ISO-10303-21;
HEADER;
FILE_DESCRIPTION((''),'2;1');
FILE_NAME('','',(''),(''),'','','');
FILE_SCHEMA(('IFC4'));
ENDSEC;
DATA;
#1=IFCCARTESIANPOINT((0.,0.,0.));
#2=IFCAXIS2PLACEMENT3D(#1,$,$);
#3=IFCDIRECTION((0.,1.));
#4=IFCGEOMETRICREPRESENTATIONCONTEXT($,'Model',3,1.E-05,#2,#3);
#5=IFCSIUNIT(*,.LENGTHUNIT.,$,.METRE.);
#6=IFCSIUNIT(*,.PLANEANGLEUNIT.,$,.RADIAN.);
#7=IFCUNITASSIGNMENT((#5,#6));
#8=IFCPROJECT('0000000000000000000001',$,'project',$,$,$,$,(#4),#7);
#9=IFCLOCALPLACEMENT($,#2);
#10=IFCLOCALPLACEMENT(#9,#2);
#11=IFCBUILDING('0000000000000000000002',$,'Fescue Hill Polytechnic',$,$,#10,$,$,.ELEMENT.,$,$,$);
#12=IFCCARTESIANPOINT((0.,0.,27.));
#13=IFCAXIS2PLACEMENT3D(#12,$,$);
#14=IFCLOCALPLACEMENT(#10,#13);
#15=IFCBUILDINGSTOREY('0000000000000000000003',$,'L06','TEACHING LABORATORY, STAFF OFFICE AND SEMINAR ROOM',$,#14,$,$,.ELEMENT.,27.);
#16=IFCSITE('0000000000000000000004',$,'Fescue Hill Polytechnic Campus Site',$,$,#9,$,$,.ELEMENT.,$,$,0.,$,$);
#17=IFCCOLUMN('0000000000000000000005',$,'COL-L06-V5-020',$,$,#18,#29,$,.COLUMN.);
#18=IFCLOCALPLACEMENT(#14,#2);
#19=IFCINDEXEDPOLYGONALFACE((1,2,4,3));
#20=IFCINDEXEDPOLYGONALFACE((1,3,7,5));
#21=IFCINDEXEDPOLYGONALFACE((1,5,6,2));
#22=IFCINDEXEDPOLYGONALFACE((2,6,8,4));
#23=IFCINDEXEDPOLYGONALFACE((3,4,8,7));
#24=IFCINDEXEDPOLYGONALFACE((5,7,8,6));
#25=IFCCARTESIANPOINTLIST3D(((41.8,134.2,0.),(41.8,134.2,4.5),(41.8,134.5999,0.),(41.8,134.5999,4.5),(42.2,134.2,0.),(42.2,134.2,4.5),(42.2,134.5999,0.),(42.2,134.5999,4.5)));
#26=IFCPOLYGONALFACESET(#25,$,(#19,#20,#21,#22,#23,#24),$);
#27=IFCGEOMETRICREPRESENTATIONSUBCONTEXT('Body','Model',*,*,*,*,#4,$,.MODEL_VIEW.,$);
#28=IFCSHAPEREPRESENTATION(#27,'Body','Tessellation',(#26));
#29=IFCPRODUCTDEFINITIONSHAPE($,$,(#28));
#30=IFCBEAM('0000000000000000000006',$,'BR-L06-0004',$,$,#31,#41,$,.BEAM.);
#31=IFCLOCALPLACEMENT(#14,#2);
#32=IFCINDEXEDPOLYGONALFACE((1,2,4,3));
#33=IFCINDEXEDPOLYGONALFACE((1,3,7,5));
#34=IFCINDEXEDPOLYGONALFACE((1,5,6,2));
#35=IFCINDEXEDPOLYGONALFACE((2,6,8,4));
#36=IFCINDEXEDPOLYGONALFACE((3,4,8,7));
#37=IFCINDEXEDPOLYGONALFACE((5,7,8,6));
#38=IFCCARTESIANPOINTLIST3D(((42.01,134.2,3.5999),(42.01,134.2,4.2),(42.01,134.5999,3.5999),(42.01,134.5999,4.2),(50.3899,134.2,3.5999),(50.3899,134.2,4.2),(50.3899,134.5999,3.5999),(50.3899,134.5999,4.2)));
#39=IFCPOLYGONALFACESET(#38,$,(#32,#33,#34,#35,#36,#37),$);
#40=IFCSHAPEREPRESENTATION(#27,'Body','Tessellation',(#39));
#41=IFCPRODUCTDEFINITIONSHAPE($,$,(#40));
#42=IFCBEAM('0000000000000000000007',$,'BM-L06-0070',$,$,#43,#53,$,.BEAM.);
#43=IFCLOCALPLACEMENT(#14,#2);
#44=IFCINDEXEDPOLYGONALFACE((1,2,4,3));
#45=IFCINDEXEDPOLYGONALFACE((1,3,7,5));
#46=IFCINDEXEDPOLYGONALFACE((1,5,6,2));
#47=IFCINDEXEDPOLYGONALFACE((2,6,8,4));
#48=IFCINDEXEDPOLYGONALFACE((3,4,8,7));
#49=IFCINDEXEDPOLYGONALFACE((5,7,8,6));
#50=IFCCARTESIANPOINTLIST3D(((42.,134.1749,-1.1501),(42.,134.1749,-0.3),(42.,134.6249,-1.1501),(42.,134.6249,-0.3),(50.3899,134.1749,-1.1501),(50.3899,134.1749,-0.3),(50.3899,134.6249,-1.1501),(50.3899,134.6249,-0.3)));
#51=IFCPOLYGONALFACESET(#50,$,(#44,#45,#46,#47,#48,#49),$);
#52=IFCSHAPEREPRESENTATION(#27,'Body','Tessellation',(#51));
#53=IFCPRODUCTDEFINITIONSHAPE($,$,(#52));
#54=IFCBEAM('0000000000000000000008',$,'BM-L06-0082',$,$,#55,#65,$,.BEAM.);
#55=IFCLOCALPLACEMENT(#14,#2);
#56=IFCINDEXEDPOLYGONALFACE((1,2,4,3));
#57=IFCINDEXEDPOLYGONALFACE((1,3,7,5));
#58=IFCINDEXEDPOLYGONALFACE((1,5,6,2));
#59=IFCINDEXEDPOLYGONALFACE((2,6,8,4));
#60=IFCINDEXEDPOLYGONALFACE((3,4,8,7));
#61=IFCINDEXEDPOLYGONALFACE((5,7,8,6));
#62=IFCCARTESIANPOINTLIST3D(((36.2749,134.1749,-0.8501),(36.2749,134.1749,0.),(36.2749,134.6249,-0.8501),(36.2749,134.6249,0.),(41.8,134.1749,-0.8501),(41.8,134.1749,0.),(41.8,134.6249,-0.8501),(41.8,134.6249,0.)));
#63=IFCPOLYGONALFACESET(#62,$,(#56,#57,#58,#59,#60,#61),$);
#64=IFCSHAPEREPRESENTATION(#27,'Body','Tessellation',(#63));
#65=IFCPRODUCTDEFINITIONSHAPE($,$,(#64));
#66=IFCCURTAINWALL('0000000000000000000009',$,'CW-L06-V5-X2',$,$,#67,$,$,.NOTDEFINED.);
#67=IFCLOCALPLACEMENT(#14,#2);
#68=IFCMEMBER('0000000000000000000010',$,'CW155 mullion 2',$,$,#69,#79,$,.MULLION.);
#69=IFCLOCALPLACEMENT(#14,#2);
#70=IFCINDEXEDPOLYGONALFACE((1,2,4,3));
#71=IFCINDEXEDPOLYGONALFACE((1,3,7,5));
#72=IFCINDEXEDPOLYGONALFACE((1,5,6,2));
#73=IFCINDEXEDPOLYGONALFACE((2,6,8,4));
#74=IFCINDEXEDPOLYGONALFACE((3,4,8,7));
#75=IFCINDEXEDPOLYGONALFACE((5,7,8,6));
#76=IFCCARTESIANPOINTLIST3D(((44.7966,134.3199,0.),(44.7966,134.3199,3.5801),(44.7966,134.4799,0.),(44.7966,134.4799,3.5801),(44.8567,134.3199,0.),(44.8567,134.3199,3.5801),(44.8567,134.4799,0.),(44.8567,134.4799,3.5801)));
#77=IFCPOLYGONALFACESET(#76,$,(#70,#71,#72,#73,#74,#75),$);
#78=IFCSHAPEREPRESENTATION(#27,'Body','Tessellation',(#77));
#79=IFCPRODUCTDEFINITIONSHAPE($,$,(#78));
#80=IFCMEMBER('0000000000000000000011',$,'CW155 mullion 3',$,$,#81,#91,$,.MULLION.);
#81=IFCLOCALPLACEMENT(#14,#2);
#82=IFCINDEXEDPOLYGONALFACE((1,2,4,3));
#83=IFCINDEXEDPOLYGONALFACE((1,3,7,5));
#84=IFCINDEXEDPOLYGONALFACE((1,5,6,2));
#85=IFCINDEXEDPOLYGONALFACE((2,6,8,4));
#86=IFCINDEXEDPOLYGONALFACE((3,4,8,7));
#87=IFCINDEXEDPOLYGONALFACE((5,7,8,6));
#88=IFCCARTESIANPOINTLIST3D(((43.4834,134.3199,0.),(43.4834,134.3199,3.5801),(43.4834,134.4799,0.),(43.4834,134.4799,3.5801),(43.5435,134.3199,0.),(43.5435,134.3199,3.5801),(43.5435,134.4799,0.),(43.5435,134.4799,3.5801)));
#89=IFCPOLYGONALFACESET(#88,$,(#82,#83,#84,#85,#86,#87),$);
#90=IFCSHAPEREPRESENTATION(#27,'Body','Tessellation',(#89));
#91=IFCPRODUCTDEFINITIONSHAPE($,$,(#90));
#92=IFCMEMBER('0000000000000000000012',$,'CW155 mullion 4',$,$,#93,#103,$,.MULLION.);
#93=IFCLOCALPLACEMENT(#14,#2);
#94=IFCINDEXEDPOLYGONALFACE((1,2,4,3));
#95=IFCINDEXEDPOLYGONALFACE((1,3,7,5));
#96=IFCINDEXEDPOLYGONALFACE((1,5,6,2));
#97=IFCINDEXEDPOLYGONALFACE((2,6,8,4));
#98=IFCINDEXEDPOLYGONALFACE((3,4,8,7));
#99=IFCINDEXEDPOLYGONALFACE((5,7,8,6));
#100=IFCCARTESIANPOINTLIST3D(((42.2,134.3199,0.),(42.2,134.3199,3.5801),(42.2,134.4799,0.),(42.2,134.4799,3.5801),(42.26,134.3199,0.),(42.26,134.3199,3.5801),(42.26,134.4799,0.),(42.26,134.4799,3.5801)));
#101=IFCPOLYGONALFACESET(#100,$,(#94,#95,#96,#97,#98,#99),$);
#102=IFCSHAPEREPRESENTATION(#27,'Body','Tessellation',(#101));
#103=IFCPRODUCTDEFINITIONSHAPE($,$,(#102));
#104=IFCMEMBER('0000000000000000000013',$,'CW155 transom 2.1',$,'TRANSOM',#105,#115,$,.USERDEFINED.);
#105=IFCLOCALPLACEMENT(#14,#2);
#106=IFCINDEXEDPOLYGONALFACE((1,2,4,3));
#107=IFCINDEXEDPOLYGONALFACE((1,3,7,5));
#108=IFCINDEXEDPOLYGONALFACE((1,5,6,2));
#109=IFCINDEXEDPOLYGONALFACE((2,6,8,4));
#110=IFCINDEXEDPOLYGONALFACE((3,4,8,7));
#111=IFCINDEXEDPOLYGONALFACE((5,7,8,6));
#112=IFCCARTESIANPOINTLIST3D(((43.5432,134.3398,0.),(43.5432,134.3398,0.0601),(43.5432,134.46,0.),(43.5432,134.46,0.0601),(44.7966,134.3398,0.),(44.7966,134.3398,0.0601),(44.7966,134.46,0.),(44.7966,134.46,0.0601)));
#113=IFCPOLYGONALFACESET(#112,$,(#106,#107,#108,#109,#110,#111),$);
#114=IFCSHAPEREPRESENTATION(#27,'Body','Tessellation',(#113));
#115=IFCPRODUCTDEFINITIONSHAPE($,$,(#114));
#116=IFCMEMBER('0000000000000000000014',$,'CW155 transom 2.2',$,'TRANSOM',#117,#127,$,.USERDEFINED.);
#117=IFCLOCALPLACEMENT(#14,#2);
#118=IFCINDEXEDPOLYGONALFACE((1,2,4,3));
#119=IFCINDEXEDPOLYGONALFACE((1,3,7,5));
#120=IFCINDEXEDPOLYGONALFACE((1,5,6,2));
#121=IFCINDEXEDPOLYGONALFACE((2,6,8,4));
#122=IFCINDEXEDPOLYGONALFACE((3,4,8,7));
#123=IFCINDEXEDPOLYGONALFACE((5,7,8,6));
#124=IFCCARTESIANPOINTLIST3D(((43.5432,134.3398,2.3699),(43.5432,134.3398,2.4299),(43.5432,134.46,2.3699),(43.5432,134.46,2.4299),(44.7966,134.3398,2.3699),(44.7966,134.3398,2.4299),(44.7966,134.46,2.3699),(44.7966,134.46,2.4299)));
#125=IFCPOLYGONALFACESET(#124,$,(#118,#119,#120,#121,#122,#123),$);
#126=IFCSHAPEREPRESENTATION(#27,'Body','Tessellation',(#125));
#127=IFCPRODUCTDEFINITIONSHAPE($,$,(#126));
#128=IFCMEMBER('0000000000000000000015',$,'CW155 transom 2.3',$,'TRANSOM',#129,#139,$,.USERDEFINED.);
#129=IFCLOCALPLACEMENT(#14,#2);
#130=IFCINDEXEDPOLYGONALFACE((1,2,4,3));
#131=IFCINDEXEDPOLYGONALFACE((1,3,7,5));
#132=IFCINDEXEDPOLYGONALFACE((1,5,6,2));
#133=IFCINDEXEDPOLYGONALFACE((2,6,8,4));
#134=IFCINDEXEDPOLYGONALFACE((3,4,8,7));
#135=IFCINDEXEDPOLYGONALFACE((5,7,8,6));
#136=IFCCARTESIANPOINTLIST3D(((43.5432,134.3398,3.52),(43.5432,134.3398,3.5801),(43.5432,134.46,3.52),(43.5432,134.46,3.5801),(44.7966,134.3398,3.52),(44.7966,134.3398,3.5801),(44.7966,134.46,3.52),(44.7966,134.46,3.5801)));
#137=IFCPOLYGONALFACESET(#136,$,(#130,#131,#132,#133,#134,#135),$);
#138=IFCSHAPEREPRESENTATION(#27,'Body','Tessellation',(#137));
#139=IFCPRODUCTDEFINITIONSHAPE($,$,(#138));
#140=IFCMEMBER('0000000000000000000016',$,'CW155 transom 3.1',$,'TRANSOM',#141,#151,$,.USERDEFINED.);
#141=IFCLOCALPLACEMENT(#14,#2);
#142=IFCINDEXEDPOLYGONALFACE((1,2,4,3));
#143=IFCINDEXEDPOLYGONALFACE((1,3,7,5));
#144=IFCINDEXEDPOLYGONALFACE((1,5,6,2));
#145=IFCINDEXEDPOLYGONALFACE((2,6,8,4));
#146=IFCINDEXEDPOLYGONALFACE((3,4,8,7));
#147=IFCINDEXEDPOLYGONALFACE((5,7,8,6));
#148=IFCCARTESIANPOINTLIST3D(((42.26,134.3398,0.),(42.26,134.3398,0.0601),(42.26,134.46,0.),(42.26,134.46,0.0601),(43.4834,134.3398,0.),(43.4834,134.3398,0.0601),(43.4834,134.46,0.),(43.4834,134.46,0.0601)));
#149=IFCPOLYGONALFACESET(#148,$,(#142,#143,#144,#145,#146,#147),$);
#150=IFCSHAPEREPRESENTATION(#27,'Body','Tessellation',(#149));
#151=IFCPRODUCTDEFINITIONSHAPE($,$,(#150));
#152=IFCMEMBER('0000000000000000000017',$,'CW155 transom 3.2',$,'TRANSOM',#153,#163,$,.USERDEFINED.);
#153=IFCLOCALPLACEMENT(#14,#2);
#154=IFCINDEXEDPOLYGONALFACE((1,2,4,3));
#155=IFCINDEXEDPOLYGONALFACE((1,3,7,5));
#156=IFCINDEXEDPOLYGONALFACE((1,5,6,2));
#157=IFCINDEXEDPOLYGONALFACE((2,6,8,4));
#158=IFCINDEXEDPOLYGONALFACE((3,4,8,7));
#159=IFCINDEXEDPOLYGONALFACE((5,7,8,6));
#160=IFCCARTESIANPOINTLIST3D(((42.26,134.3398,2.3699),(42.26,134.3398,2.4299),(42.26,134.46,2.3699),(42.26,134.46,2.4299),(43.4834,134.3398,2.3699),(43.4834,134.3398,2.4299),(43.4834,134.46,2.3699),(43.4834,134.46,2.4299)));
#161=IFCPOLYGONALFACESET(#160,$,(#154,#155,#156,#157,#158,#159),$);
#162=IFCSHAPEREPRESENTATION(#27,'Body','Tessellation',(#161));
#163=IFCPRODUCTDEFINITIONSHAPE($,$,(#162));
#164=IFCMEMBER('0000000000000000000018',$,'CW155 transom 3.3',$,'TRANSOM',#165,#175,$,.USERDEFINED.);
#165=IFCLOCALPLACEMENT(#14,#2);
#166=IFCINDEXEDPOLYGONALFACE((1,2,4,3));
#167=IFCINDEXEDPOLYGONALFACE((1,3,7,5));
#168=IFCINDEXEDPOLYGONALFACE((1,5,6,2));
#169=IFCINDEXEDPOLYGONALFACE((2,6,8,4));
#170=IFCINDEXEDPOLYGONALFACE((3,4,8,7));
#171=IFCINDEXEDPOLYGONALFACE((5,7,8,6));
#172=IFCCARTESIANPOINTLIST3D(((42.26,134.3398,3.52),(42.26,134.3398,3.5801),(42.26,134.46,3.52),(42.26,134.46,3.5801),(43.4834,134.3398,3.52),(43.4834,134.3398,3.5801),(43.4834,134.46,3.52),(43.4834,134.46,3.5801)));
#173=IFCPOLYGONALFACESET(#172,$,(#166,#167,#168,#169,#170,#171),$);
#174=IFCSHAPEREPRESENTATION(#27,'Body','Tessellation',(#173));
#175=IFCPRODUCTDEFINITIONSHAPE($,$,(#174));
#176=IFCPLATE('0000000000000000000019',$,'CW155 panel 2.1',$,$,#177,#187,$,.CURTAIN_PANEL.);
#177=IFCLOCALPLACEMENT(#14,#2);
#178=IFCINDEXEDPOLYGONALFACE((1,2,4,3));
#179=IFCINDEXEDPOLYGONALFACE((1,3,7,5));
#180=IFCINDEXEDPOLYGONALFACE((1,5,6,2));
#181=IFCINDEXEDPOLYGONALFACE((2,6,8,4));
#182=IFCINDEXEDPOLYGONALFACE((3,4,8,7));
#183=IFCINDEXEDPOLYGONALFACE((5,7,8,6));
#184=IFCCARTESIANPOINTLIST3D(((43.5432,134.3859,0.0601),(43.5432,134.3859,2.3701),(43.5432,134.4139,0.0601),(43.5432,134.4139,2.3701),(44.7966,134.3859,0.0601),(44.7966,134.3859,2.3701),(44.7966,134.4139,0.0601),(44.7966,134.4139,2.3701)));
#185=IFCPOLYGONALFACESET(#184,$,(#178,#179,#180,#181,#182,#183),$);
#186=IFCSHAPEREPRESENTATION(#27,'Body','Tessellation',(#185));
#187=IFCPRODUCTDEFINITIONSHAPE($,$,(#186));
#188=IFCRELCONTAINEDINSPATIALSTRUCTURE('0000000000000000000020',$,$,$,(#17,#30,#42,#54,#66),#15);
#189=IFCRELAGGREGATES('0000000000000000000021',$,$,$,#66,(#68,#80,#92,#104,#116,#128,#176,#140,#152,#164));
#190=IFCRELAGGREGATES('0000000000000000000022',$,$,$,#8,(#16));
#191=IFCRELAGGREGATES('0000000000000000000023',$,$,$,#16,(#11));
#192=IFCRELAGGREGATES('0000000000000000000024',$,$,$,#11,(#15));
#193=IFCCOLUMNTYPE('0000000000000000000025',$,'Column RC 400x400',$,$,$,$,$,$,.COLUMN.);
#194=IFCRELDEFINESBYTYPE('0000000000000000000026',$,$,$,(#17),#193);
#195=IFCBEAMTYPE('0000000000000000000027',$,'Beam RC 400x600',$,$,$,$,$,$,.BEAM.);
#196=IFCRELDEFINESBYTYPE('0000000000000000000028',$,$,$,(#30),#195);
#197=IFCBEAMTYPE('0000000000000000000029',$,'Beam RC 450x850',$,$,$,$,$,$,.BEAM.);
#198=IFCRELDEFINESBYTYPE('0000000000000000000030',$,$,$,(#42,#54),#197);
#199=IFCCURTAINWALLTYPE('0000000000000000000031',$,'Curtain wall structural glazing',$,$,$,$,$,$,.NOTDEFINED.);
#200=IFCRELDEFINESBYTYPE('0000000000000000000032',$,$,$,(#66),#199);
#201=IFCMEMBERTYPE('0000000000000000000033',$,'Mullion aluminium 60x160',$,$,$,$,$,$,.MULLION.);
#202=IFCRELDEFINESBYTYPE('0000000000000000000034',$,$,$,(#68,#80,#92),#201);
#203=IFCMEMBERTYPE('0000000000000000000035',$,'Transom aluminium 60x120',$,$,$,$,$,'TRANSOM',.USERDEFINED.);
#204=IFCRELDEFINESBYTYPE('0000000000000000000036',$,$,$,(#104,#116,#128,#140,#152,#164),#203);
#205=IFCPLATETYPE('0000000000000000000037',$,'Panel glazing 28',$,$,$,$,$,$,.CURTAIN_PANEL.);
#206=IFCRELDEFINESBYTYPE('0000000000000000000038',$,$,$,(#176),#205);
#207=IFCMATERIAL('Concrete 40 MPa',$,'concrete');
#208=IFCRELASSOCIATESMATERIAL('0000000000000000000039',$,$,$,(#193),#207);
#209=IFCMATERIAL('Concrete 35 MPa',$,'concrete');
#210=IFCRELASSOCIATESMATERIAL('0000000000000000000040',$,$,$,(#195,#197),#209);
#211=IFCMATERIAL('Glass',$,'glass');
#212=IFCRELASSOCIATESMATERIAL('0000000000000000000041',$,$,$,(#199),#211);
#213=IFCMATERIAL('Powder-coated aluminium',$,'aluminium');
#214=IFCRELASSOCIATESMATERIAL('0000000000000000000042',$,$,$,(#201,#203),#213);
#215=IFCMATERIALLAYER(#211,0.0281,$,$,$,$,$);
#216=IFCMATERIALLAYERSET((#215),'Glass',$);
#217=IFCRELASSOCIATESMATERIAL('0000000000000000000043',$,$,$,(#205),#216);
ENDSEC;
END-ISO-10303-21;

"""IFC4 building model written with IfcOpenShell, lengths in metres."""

from ifc_helpers import new_model, si_unit, direction, frame, origin, origin_2d, place, context, subcontext, project, spatial, rectangle, extrude, material, layer, layer_set, material_profile, profile_set, type_object, element, aggregate, save


model = new_model("IFC4")

# Units and contexts
model_context = context("Model", 3, precision=1e-05, world=origin(), true_north=direction((0.0, 1.0)))
body_context = subcontext(model_context, "Body", "Model", "MODEL_VIEW")
ifc_project = project(units=[si_unit("LENGTHUNIT", "METRE"), si_unit("PLANEANGLEUNIT", "RADIAN")], contexts=[model_context])

# Site, building, storey
site_placement = place(None, origin())
site = spatial("IfcSite", under=ifc_project, at=site_placement, Name="Fescue Hill Polytechnic Campus Site", CompositionType="ELEMENT", RefElevation=0.0)
building_placement = place(site_placement, origin())
building = spatial("IfcBuilding", under=site, at=building_placement, Name="Fescue Hill Polytechnic", CompositionType="ELEMENT")
storey_placement = place(building_placement, frame((0.0, 0.0, 27.0)))
storey = spatial("IfcBuildingStorey", under=building, at=storey_placement, Name="L06", Description="TEACHING LABORATORY, STAFF OFFICE AND SEMINAR ROOM", CompositionType="ELEMENT", Elevation=27.0)

# Column
ifc_material_1 = material(Name="Concrete 40 MPa", Category="concrete")
ifc_material_profile_1 = material_profile(ifc_material_1, rectangle(XDim=0.3999, YDim=0.3999, at=origin_2d()), Name="RC 400x400")
ifc_profile_set_1 = profile_set([ifc_material_profile_1], Name="Concrete 40 MPa")
column_type = type_object("IfcColumnType", Name="Column RC 400x400", PredefinedType="COLUMN", material=ifc_profile_set_1)
column_placement = place(storey_placement, frame((42.0, 134.3999, 0.0), z_axis=(0.0, 0.0, 1.0), x_axis=(1.0, 0.0, 0.0)))
element("IfcColumn", 1, at=column_placement, inside=storey, type_object=column_type, Name="COL-L06-V5-020", PredefinedType="COLUMN", context=body_context, shape_type="SweptSolid", body=[
    extrude(rectangle(XDim=0.3999, YDim=0.3999, at=origin_2d()), origin(), (0.0, 0.0, 1.0), 4.5),
])

# Beams
ifc_material_2 = material(Name="Concrete 35 MPa", Category="concrete")
ifc_material_profile_2 = material_profile(ifc_material_2, rectangle(XDim=0.3999, YDim=0.6001, at=origin_2d()), Name="RC 400x600")
ifc_profile_set_2 = profile_set([ifc_material_profile_2], Name="Concrete 35 MPa")
beam_type_1 = type_object("IfcBeamType", Name="Beam RC 400x600", PredefinedType="BEAM", material=ifc_profile_set_2)
beam_1_placement = place(storey_placement, frame((42.01, 134.3999, 3.8999), z_axis=(1.0, 0.0, 0.0), x_axis=(0.0, 1.0, 0.0)))
element("IfcBeam", 2, at=beam_1_placement, inside=storey, type_object=beam_type_1, Name="BR-L06-0004", PredefinedType="BEAM", context=body_context, shape_type="SweptSolid", body=[
    extrude(rectangle(XDim=0.3999, YDim=0.6001, at=origin_2d()), origin(), (0.0, 0.0, 1.0), 8.3799),
])
ifc_material_profile_3 = material_profile(ifc_material_2, rectangle(XDim=0.45, YDim=0.8501, at=origin_2d()), Name="RC 450x850")
ifc_profile_set_3 = profile_set([ifc_material_profile_3], Name="Concrete 35 MPa")
beam_type_2 = type_object("IfcBeamType", Name="Beam RC 450x850", PredefinedType="BEAM", material=ifc_profile_set_3)
beam_2_placement = place(storey_placement, frame((42.0, 134.3999, -0.7251), z_axis=(1.0, 0.0, 0.0), x_axis=(0.0, 1.0, 0.0)))
element("IfcBeam", 3, at=beam_2_placement, inside=storey, type_object=beam_type_2, Name="BM-L06-0070", PredefinedType="BEAM", context=body_context, shape_type="SweptSolid", body=[
    extrude(rectangle(XDim=0.45, YDim=0.8501, at=origin_2d()), origin(), (0.0, 0.0, 1.0), 8.3899),
])
beam_3_placement = place(storey_placement, frame((36.2749, 134.3999, -0.425), z_axis=(1.0, 0.0, 0.0), x_axis=(0.0, 1.0, 0.0)))
element("IfcBeam", 4, at=beam_3_placement, inside=storey, type_object=beam_type_2, Name="BM-L06-0082", PredefinedType="BEAM", context=body_context, shape_type="SweptSolid", body=[
    extrude(rectangle(XDim=0.45, YDim=0.8501, at=origin_2d()), origin(), (0.0, 0.0, 1.0), 5.5251),
])

# Curtain wall, members, plate
ifc_material_3 = material(Name="Glass", Category="glass")
curtain_wall_type = type_object("IfcCurtainWallType", Name="Curtain wall structural glazing", PredefinedType="NOTDEFINED", material=ifc_material_3)
curtain_wall_placement = place(storey_placement, origin())
curtain_wall = element("IfcCurtainWall", 5, at=curtain_wall_placement, inside=storey, type_object=curtain_wall_type, Name="CW-L06-V5-X2", PredefinedType="NOTDEFINED")
ifc_material_4 = material(Name="Powder-coated aluminium", Category="aluminium")
ifc_material_profile_4 = material_profile(ifc_material_4, rectangle(XDim=0.1599, YDim=0.0601, at=origin_2d()), Name="Mullion aluminium 60x160")
ifc_profile_set_4 = profile_set([ifc_material_profile_4], Name="Powder-coated aluminium")
member_type_1 = type_object("IfcMemberType", Name="Mullion aluminium 60x160", PredefinedType="MULLION", material=ifc_profile_set_4)
member_1_placement = place(storey_placement, frame((44.8267, 134.3999, 0.0), z_axis=(0.0, 0.0, 1.0), x_axis=(0.0, -1.0, 0.0)))
member_1 = element("IfcMember", 6, at=member_1_placement, type_object=member_type_1, Name="CW155 mullion 2", PredefinedType="MULLION", context=body_context, shape_type="SweptSolid", body=[
    extrude(rectangle(XDim=0.1599, YDim=0.0601, at=origin_2d()), origin(), (0.0, 0.0, 1.0), 3.5801),
])
member_2_placement = place(storey_placement, frame((43.5134, 134.3999, 0.0), z_axis=(0.0, 0.0, 1.0), x_axis=(0.0, -1.0, 0.0)))
member_2 = element("IfcMember", 7, at=member_2_placement, type_object=member_type_1, Name="CW155 mullion 3", PredefinedType="MULLION", context=body_context, shape_type="SweptSolid", body=[
    extrude(rectangle(XDim=0.1599, YDim=0.0601, at=origin_2d()), origin(), (0.0, 0.0, 1.0), 3.5801),
])
member_3_placement = place(storey_placement, frame((42.23, 134.3999, 0.0), z_axis=(0.0, 0.0, 1.0), x_axis=(0.0, -1.0, 0.0)))
member_3 = element("IfcMember", 8, at=member_3_placement, type_object=member_type_1, Name="CW155 mullion 4", PredefinedType="MULLION", context=body_context, shape_type="SweptSolid", body=[
    extrude(rectangle(XDim=0.1599, YDim=0.0601, at=origin_2d()), origin(), (0.0, 0.0, 1.0), 3.5801),
])
ifc_material_profile_5 = material_profile(ifc_material_4, rectangle(XDim=0.1201, YDim=0.0601, at=origin_2d()), Name="Transom aluminium 60x120")
ifc_profile_set_5 = profile_set([ifc_material_profile_5], Name="Powder-coated aluminium")
member_type_2 = type_object("IfcMemberType", Name="Transom aluminium 60x120", ElementType="TRANSOM", PredefinedType="USERDEFINED", material=ifc_profile_set_5)
member_4_placement = place(storey_placement, frame((44.7966, 134.3999, 0.03), z_axis=(-1.0, 0.0, 0.0), x_axis=(0.0, -1.0, 0.0)))
member_4 = element("IfcMember", 9, at=member_4_placement, type_object=member_type_2, Name="CW155 transom 2.1", ObjectType="TRANSOM", PredefinedType="USERDEFINED", context=body_context, shape_type="SweptSolid", body=[
    extrude(rectangle(XDim=0.1201, YDim=0.0601, at=origin_2d()), origin(), (0.0, 0.0, 1.0), 1.2534),
])
member_5_placement = place(storey_placement, frame((44.7966, 134.3999, 2.3999), z_axis=(-1.0, 0.0, 0.0), x_axis=(0.0, -1.0, 0.0)))
member_5 = element("IfcMember", 10, at=member_5_placement, type_object=member_type_2, Name="CW155 transom 2.2", ObjectType="TRANSOM", PredefinedType="USERDEFINED", context=body_context, shape_type="SweptSolid", body=[
    extrude(rectangle(XDim=0.1201, YDim=0.0601, at=origin_2d()), origin(), (0.0, 0.0, 1.0), 1.2534),
])
member_6_placement = place(storey_placement, frame((44.7966, 134.3999, 3.55), z_axis=(-1.0, 0.0, 0.0), x_axis=(0.0, -1.0, 0.0)))
member_6 = element("IfcMember", 11, at=member_6_placement, type_object=member_type_2, Name="CW155 transom 2.3", ObjectType="TRANSOM", PredefinedType="USERDEFINED", context=body_context, shape_type="SweptSolid", body=[
    extrude(rectangle(XDim=0.1201, YDim=0.0601, at=origin_2d()), origin(), (0.0, 0.0, 1.0), 1.2534),
])
member_7_placement = place(storey_placement, frame((43.4834, 134.3999, 0.03), z_axis=(-1.0, 0.0, 0.0), x_axis=(0.0, -1.0, 0.0)))
member_7 = element("IfcMember", 12, at=member_7_placement, type_object=member_type_2, Name="CW155 transom 3.1", ObjectType="TRANSOM", PredefinedType="USERDEFINED", context=body_context, shape_type="SweptSolid", body=[
    extrude(rectangle(XDim=0.1201, YDim=0.0601, at=origin_2d()), origin(), (0.0, 0.0, 1.0), 1.2234),
])
member_8_placement = place(storey_placement, frame((43.4834, 134.3999, 2.3999), z_axis=(-1.0, 0.0, 0.0), x_axis=(0.0, -1.0, 0.0)))
member_8 = element("IfcMember", 13, at=member_8_placement, type_object=member_type_2, Name="CW155 transom 3.2", ObjectType="TRANSOM", PredefinedType="USERDEFINED", context=body_context, shape_type="SweptSolid", body=[
    extrude(rectangle(XDim=0.1201, YDim=0.0601, at=origin_2d()), origin(), (0.0, 0.0, 1.0), 1.2234),
])
member_9_placement = place(storey_placement, frame((43.4834, 134.3999, 3.55), z_axis=(-1.0, 0.0, 0.0), x_axis=(0.0, -1.0, 0.0)))
member_9 = element("IfcMember", 14, at=member_9_placement, type_object=member_type_2, Name="CW155 transom 3.3", ObjectType="TRANSOM", PredefinedType="USERDEFINED", context=body_context, shape_type="SweptSolid", body=[
    extrude(rectangle(XDim=0.1201, YDim=0.0601, at=origin_2d()), origin(), (0.0, 0.0, 1.0), 1.2234),
])
ifc_layer_1 = layer(ifc_material_3, 0.0281)
ifc_layer_set_1 = layer_set([ifc_layer_1], Name="Glass")
plate_type = type_object("IfcPlateType", Name="Panel glazing 28", PredefinedType="CURTAIN_PANEL", material=ifc_layer_set_1)
plate_1_placement = place(storey_placement, frame((44.1699, 134.3999, 0.0601), z_axis=(0.0, 0.0, 1.0), x_axis=(-1.0, 0.0, 0.0)))
plate_1 = element("IfcPlate", 15, at=plate_1_placement, type_object=plate_type, Name="CW155 panel 2.1", PredefinedType="CURTAIN_PANEL", context=body_context, shape_type="SweptSolid", body=[
    extrude(rectangle(XDim=1.2534, YDim=0.0281, at=origin_2d()), origin(), (0.0, 0.0, 1.0), 2.3101),
])
aggregate(curtain_wall, [member_1, member_2, member_3, member_4, member_5, member_6, plate_1, member_7, member_8, member_9])

save(model, "model.ifc")
